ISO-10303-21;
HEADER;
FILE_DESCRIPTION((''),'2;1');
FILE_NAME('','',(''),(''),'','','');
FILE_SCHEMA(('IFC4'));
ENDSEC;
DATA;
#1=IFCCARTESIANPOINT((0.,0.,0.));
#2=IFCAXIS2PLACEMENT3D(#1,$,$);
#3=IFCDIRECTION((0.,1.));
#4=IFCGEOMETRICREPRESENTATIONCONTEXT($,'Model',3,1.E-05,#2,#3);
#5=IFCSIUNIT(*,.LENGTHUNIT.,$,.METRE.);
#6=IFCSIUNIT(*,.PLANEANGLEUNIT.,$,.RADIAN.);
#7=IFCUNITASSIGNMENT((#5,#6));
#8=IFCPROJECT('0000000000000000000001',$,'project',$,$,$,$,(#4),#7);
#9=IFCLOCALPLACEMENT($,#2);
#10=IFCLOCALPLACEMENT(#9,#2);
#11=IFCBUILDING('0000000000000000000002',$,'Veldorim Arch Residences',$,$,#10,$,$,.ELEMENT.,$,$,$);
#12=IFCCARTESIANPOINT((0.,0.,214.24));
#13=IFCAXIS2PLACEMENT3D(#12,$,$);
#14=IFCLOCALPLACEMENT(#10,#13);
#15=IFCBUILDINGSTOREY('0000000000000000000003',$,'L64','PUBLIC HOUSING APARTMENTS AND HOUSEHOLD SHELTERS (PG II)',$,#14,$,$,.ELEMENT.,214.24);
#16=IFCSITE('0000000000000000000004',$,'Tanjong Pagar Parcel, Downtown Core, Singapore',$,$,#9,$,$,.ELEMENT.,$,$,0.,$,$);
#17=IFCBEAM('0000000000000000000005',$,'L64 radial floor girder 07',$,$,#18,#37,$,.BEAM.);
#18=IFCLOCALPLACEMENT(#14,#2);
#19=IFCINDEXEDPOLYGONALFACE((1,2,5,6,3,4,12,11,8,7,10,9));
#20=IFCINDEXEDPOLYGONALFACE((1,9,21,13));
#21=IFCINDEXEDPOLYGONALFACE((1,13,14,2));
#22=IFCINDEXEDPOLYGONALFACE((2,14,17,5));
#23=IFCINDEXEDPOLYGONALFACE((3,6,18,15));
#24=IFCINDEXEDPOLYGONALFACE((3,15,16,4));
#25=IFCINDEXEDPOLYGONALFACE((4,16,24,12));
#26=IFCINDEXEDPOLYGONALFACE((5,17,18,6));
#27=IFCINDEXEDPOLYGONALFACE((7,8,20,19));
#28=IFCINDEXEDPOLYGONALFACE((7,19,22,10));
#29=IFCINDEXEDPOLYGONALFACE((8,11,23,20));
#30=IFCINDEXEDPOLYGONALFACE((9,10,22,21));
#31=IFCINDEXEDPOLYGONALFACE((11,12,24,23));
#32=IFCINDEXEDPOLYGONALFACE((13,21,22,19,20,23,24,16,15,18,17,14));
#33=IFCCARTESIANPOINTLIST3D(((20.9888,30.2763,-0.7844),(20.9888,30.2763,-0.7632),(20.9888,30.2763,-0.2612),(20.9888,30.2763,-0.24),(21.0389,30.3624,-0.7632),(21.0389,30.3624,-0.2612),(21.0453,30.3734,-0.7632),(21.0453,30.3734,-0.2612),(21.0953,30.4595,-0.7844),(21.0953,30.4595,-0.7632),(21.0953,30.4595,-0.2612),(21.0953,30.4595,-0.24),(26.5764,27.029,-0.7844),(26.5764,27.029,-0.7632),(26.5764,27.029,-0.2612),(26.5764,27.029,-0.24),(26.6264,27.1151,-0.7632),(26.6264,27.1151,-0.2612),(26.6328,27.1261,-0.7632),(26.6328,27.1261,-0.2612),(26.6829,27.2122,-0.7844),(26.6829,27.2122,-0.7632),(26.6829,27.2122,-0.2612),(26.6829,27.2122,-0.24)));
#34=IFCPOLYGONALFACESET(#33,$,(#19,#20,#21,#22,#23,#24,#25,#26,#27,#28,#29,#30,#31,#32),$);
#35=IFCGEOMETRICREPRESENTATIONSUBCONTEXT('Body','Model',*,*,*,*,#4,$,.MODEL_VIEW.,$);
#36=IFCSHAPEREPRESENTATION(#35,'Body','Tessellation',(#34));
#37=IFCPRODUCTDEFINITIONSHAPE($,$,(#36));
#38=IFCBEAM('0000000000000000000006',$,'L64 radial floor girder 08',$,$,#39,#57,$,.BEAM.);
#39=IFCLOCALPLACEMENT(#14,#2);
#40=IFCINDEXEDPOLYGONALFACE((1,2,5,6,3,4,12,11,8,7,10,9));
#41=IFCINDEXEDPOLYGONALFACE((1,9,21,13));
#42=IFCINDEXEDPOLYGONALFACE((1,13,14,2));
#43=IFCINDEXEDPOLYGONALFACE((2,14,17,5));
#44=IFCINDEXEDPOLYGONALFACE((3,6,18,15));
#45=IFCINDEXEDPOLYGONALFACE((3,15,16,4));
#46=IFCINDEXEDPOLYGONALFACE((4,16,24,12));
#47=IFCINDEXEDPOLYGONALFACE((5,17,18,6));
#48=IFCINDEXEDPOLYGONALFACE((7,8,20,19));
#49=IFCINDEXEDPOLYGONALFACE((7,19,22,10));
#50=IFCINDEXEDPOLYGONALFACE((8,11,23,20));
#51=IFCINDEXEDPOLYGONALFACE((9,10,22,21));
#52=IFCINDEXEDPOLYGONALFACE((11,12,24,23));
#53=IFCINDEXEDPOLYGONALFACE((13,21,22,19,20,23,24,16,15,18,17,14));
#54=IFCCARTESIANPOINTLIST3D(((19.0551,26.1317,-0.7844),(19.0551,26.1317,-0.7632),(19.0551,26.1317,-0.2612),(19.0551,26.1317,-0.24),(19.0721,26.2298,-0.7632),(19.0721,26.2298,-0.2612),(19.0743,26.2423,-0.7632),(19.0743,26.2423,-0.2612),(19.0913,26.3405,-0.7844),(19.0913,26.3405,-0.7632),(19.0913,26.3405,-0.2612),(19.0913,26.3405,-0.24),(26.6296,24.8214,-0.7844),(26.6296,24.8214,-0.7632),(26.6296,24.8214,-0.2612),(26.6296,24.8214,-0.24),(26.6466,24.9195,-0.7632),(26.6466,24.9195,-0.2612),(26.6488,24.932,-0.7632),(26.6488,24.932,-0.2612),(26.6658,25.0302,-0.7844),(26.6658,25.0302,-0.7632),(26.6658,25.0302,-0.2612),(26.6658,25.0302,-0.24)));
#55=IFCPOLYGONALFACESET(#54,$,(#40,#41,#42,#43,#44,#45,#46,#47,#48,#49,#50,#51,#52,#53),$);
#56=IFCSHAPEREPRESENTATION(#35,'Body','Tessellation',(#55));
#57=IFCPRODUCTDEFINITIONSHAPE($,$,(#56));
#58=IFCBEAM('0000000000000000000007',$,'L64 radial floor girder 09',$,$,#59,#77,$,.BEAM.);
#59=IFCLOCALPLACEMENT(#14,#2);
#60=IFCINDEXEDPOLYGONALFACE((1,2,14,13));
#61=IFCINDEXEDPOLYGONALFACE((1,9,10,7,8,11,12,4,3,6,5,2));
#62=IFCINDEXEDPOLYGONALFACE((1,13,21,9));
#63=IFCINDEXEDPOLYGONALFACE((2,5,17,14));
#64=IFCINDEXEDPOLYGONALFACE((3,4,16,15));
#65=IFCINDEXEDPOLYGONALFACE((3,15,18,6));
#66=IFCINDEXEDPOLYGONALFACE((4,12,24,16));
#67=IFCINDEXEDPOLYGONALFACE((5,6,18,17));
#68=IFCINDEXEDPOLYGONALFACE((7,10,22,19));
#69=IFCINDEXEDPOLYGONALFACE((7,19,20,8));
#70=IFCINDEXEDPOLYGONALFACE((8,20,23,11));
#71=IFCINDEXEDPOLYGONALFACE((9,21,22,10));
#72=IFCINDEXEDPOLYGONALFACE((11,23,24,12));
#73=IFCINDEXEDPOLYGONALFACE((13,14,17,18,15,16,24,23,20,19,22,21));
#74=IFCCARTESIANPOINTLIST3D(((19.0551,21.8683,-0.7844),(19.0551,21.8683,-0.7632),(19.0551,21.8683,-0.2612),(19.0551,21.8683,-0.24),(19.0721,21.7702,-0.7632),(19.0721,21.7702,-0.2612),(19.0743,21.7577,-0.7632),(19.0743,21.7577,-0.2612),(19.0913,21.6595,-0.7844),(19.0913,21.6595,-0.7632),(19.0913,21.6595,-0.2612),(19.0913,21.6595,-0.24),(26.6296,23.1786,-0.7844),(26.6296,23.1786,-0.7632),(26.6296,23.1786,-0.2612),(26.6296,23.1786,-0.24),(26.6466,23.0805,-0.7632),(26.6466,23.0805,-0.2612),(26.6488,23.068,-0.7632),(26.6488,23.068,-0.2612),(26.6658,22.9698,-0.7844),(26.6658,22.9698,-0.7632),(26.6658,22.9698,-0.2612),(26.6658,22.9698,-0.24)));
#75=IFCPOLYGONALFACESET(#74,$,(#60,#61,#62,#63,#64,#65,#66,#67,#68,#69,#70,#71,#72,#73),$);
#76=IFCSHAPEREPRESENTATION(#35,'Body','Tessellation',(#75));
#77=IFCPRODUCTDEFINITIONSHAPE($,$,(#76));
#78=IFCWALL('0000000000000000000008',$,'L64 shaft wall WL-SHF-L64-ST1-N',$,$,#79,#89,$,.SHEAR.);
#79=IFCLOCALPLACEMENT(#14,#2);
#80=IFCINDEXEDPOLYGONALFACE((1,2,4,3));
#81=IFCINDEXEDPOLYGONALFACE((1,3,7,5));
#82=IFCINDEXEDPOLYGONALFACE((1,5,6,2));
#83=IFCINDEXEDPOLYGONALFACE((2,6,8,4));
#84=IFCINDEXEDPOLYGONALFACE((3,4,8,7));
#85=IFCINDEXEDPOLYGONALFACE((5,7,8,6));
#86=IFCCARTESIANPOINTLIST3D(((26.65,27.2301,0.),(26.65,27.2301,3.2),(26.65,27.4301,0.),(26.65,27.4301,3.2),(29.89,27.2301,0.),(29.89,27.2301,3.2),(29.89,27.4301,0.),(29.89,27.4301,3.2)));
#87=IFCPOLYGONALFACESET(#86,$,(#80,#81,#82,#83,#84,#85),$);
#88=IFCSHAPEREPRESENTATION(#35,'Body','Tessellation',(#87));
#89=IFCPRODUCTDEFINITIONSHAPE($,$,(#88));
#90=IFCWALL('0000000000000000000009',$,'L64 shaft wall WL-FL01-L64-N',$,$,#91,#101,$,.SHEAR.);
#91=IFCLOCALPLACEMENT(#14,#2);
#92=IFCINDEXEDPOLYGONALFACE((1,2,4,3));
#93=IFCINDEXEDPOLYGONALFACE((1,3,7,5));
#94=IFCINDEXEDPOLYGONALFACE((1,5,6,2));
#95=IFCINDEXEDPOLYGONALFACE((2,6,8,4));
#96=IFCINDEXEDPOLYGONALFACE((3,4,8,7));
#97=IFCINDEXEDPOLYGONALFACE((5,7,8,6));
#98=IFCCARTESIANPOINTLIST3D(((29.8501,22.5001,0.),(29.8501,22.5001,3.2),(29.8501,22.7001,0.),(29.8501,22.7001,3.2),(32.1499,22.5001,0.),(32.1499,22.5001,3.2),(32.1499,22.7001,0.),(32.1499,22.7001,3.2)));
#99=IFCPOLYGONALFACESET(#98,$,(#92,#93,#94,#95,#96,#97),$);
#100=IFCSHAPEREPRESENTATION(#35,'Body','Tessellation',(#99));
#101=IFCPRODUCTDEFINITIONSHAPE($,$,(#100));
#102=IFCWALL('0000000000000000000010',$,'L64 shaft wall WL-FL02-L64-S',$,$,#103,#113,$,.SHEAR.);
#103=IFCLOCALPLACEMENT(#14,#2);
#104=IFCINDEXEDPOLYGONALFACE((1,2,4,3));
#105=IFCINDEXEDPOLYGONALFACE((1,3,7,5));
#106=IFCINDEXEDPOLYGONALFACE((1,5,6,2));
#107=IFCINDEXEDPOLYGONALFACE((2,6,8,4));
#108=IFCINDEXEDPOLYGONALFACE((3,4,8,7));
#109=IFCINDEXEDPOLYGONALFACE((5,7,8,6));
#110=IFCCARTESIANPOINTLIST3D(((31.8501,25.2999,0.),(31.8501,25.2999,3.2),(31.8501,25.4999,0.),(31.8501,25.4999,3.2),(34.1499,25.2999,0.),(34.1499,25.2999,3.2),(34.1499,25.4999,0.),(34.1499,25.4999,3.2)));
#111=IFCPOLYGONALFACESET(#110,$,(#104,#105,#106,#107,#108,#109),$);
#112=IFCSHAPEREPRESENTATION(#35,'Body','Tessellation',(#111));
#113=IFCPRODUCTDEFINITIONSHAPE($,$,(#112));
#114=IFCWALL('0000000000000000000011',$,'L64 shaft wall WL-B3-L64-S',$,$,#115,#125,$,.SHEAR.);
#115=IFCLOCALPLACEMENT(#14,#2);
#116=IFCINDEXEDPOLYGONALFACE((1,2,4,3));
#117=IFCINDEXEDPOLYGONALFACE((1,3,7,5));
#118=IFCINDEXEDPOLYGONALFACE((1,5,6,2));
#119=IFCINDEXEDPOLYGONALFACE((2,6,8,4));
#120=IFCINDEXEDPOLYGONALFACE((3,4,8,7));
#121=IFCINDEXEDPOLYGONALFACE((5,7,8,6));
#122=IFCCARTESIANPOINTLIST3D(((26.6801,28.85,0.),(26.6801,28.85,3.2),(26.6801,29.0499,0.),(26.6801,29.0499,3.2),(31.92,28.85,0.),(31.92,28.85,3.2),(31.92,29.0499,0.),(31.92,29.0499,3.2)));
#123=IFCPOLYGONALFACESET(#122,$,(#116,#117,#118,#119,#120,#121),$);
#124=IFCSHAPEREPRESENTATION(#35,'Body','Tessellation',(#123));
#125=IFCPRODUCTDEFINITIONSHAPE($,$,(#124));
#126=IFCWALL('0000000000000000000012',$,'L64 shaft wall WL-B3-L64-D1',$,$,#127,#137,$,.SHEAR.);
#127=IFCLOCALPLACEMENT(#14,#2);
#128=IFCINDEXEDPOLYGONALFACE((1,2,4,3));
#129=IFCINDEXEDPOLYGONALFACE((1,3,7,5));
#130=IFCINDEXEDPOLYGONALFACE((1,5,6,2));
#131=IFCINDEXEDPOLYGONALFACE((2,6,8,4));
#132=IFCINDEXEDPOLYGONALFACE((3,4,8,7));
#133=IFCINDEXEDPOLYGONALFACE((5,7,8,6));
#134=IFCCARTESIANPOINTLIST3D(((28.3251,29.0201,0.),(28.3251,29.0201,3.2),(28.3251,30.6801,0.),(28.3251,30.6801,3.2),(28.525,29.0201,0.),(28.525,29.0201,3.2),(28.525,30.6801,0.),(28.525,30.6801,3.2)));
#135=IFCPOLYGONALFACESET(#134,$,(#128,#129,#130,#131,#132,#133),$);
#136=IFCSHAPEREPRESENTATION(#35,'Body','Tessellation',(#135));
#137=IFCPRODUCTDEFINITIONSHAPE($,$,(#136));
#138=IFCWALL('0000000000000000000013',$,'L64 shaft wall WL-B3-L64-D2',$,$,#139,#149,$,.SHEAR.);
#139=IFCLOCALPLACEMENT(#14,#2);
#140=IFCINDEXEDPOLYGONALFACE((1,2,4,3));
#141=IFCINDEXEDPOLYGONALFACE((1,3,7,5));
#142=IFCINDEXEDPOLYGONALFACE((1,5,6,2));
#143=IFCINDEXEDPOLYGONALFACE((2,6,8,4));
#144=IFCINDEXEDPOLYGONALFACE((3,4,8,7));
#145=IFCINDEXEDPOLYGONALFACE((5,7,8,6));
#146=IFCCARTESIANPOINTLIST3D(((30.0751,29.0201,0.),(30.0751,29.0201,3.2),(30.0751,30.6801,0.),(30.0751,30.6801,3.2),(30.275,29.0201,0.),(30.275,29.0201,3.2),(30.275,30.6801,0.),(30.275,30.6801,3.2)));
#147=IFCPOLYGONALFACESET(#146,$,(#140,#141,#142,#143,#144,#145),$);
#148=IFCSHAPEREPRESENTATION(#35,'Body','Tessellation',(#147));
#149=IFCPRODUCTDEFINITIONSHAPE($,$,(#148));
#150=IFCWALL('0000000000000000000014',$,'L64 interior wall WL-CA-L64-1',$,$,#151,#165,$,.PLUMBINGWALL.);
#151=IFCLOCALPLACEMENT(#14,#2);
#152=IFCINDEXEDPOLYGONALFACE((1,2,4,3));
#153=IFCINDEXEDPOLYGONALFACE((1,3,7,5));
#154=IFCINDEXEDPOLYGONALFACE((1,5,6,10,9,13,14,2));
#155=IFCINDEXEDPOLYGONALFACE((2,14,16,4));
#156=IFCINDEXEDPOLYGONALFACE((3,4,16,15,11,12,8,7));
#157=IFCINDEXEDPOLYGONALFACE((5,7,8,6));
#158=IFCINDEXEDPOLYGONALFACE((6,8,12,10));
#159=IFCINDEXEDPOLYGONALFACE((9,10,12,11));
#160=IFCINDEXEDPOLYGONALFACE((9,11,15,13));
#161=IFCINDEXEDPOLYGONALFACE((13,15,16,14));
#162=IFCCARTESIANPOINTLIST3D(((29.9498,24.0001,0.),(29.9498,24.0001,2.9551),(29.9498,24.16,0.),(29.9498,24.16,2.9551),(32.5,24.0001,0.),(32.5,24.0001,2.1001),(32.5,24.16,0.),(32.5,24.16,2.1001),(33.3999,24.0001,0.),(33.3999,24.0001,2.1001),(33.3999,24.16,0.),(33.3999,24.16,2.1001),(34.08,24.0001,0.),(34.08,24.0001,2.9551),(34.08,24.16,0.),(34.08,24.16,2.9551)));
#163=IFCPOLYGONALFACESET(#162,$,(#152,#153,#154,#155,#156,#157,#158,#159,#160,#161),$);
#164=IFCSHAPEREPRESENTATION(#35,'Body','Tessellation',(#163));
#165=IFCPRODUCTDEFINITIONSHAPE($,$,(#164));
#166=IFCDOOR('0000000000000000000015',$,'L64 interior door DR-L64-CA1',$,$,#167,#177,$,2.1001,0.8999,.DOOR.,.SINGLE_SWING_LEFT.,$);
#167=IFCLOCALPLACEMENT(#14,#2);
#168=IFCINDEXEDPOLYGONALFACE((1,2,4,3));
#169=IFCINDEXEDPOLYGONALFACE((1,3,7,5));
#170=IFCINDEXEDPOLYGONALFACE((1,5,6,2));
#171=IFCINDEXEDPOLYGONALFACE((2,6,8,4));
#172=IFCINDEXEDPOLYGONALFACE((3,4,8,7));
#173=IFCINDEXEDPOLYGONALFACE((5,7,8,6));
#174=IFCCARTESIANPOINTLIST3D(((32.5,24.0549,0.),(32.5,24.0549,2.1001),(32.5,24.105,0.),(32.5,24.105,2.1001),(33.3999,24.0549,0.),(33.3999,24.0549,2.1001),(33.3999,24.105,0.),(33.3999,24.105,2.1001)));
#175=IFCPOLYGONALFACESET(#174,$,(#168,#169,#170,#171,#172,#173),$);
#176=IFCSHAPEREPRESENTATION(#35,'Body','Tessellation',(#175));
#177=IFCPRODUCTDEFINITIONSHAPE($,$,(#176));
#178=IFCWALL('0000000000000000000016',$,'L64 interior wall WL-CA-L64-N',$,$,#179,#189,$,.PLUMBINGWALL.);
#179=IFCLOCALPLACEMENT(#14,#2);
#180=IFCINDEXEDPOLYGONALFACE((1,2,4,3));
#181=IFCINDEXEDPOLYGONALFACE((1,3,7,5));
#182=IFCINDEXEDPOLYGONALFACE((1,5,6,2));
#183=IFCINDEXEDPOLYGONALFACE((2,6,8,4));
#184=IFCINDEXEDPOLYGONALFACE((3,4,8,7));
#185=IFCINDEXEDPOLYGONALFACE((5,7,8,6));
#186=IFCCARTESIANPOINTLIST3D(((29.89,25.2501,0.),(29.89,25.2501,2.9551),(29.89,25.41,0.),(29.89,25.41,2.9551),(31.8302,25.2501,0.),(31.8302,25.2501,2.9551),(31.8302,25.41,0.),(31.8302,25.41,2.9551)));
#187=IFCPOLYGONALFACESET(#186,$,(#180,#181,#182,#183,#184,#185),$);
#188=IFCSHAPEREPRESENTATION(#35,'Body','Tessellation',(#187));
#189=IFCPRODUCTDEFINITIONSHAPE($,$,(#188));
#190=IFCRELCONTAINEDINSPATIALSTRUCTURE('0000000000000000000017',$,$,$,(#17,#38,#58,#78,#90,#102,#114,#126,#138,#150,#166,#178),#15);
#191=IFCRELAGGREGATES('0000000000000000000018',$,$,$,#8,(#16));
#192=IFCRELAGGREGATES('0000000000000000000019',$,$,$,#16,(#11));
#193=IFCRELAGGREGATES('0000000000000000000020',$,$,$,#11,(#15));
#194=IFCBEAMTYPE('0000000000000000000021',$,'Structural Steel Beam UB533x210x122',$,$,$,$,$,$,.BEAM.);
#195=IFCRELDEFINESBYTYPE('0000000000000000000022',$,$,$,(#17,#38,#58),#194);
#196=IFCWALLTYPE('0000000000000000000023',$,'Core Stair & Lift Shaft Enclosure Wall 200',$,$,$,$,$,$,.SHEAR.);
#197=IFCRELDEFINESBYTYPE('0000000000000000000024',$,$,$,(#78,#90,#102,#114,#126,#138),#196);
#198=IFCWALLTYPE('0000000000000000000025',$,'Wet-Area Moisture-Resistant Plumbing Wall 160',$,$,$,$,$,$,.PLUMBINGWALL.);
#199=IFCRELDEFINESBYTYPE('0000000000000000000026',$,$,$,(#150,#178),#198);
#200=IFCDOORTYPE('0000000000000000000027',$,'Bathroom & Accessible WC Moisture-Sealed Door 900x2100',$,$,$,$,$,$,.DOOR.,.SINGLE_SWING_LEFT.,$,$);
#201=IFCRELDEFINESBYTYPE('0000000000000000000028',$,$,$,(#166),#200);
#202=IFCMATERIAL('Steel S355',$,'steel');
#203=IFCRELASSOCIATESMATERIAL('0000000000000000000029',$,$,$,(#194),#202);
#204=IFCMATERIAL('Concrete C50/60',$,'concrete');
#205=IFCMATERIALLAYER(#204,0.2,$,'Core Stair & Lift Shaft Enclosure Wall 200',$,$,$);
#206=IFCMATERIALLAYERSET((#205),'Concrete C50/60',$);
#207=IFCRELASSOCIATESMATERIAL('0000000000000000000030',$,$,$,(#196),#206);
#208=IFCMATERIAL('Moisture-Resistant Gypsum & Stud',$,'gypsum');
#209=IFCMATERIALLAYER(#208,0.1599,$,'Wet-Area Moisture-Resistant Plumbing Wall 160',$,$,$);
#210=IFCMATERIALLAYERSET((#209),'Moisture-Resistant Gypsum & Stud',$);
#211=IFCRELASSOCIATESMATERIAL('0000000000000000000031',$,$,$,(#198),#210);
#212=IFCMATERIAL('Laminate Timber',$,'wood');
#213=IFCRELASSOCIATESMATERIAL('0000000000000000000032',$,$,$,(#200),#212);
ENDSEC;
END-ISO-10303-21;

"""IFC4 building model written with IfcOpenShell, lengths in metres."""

from ifc_helpers import new_model, si_unit, direction, frame, frame_2d, origin, origin_2d, place, context, subcontext, project, spatial, rectangle, i_section, extrude, material, layer, layer_set, material_profile, profile_set, type_object, element, fill, save


model = new_model("IFC4")

# Units and contexts
model_context = context("Model", 3, precision=1e-05, world=origin(), true_north=direction((0.0, 1.0)))
body_context = subcontext(model_context, "Body", "Model", "MODEL_VIEW")
ifc_project = project(units=[si_unit("LENGTHUNIT", "METRE"), si_unit("PLANEANGLEUNIT", "RADIAN")], contexts=[model_context])

# Site, building, storey
site_placement = place(None, origin())
site = spatial("IfcSite", under=ifc_project, at=site_placement, Name="Tanjong Pagar Parcel, Downtown Core, Singapore", CompositionType="ELEMENT", RefElevation=0.0)
building_placement = place(site_placement, origin())
building = spatial("IfcBuilding", under=site, at=building_placement, Name="Veldorim Arch Residences", CompositionType="ELEMENT")
storey_placement = place(building_placement, frame((0.0, 0.0, 214.24)))
storey = spatial("IfcBuildingStorey", under=building, at=storey_placement, Name="L64", Description="PUBLIC HOUSING APARTMENTS AND HOUSEHOLD SHELTERS (PG II)", CompositionType="ELEMENT", Elevation=214.24)

# Beams
ifc_material_1 = material(Name="Steel S355", Category="steel")
ifc_material_profile = material_profile(ifc_material_1, i_section(OverallWidth=0.2119, OverallDepth=0.5444, WebThickness=0.0127, FlangeThickness=0.0212, at=origin_2d()), Name="UB533x210x122")
ifc_profile_set = profile_set([ifc_material_profile], Name="Steel S355")
beam_type = type_object("IfcBeamType", Name="Structural Steel Beam UB533x210x122", PredefinedType="BEAM", material=ifc_profile_set)
beam_placement = place(storey_placement, frame((26.6296, 27.1206, -0.5122), z_axis=(-0.864596, 0.502468, 0.0), x_axis=(-0.502468, -0.864596, 0.0)))
element("IfcBeam", 1, at=beam_placement, inside=storey, type_object=beam_type, Name="L64 radial floor girder 07", PredefinedType="BEAM", context=body_context, shape_type="SweptSolid", body=[
    extrude(i_section(OverallWidth=0.2119, OverallDepth=0.5444, WebThickness=0.0127, FlangeThickness=0.0212, at=origin_2d()), origin(), (0.0, 0.0, 1.0), 6.4626),
])
for number, where, z_axis, x_axis, name in (
    (2, (26.6477, 24.9258, -0.5122), (-0.985365, 0.170458, 0.0), (-0.170458, -0.985365, 0.0), "L64 radial floor girder 08"),
    (3, (26.6477, 23.0742, -0.5122), (-0.985365, -0.170458, 0.0), (0.170458, -0.985365, 0.0), "L64 radial floor girder 09"),
):
    element("IfcBeam", number, at=place(storey_placement, frame(where, z_axis=z_axis, x_axis=x_axis)), inside=storey, type_object=beam_type, Name=name, PredefinedType="BEAM", context=body_context, shape_type="SweptSolid", body=[
        extrude(i_section(OverallWidth=0.2119, OverallDepth=0.5444, WebThickness=0.0127, FlangeThickness=0.0212, at=origin_2d()), origin(), (0.0, 0.0, 1.0), 7.687),
    ])

# Walls
ifc_material_2 = material(Name="Concrete C50/60", Category="concrete")
ifc_layer_1 = layer(ifc_material_2, 0.2, Name="Core Stair & Lift Shaft Enclosure Wall 200")
ifc_layer_set_1 = layer_set([ifc_layer_1], Name="Concrete C50/60")
wall_type_1 = type_object("IfcWallType", Name="Core Stair & Lift Shaft Enclosure Wall 200", PredefinedType="SHEAR", material=ifc_layer_set_1)
wall_1_placement = place(storey_placement, frame((26.6499, 27.3301, 0.0), z_axis=(0.0, 0.0, 1.0), x_axis=(1.0, 0.0, 0.0)))
element("IfcWall", 4, at=wall_1_placement, inside=storey, type_object=wall_type_1, Name="L64 shaft wall WL-SHF-L64-ST1-N", PredefinedType="SHEAR", context=body_context, shape_type="SweptSolid", body=[
    extrude(rectangle(XDim=3.24, YDim=0.2, at=frame_2d((1.6201, 0.0))), origin(), (0.0, 0.0, 1.0), 3.2),
])
wall_2_placement = place(storey_placement, frame((29.8501, 22.6001, 0.0), z_axis=(0.0, 0.0, 1.0), x_axis=(1.0, 0.0, 0.0)))
element("IfcWall", 5, at=wall_2_placement, inside=storey, type_object=wall_type_1, Name="L64 shaft wall WL-FL01-L64-N", PredefinedType="SHEAR", context=body_context, shape_type="SweptSolid", body=[
    extrude(rectangle(XDim=2.2998, YDim=0.2, at=frame_2d((1.1499, 0.0))), origin(), (0.0, 0.0, 1.0), 3.2),
])

# Walls
wall_3_placement = place(storey_placement, frame((31.8501, 25.3999, 0.0), z_axis=(0.0, 0.0, 1.0), x_axis=(1.0, 0.0, 0.0)))
element("IfcWall", 6, at=wall_3_placement, inside=storey, type_object=wall_type_1, Name="L64 shaft wall WL-FL02-L64-S", PredefinedType="SHEAR", context=body_context, shape_type="SweptSolid", body=[
    extrude(rectangle(XDim=2.2998, YDim=0.2, at=frame_2d((1.1499, 0.0))), origin(), (0.0, 0.0, 1.0), 3.2),
])
wall_4_placement = place(storey_placement, frame((26.6799, 28.95, 0.0), z_axis=(0.0, 0.0, 1.0), x_axis=(1.0, 0.0, 0.0)))
element("IfcWall", 7, at=wall_4_placement, inside=storey, type_object=wall_type_1, Name="L64 shaft wall WL-B3-L64-S", PredefinedType="SHEAR", context=body_context, shape_type="SweptSolid", body=[
    extrude(rectangle(XDim=5.24, YDim=0.2, at=frame_2d((2.6201, 0.0))), origin(), (0.0, 0.0, 1.0), 3.2),
])
for number, where, z_axis, x_axis, name in (
    (8, (28.425, 29.02, 0.0), (0.0, 0.0, 1.0), (0.0, 1.0, 0.0), "L64 shaft wall WL-B3-L64-D1"),
    (9, (30.175, 29.02, 0.0), (0.0, 0.0, 1.0), (0.0, 1.0, 0.0), "L64 shaft wall WL-B3-L64-D2"),
):
    element("IfcWall", number, at=place(storey_placement, frame(where, z_axis=z_axis, x_axis=x_axis)), inside=storey, type_object=wall_type_1, Name=name, PredefinedType="SHEAR", context=body_context, shape_type="SweptSolid", body=[
        extrude(rectangle(XDim=1.6599, YDim=0.2, at=frame_2d((0.8301, 0.0))), origin(), (0.0, 0.0, 1.0), 3.2),
    ])

# Wall, opening, door
ifc_material_3 = material(Name="Moisture-Resistant Gypsum & Stud", Category="gypsum")
ifc_layer_2 = layer(ifc_material_3, 0.1599, Name="Wet-Area Moisture-Resistant Plumbing Wall 160")
ifc_layer_set_2 = layer_set([ifc_layer_2], Name="Moisture-Resistant Gypsum & Stud")
wall_type_2 = type_object("IfcWallType", Name="Wet-Area Moisture-Resistant Plumbing Wall 160", PredefinedType="PLUMBINGWALL", material=ifc_layer_set_2)
wall_5_placement = place(storey_placement, frame((29.95, 24.0801, 0.0), z_axis=(0.0, 0.0, 1.0), x_axis=(1.0, 0.0, 0.0)))
wall_5 = element("IfcWall", 10, at=wall_5_placement, inside=storey, type_object=wall_type_2, Name="L64 interior wall WL-CA-L64-1", PredefinedType="PLUMBINGWALL", context=body_context, shape_type="SweptSolid", body=[
    extrude(rectangle(XDim=4.1301, YDim=0.1599, at=frame_2d((2.0649, 0.0))), origin(), (0.0, 0.0, 1.0), 2.9551),
])
opening_1_placement = place(wall_5_placement, frame((2.55, 0.0, 0.0)))
opening_1 = element("IfcOpeningElement", 11, at=opening_1_placement, cuts=wall_5, PredefinedType="OPENING", context=body_context, shape_type="SweptSolid", body=[
    extrude(rectangle(XDim=0.8999, YDim=2.1001, at=frame_2d((0.45, 1.05))), frame((0.0, 0.0898, 0.0), z_axis=(0.0, -1.0, 0.0), x_axis=(1.0, 0.0, 0.0)), (0.0, 0.0, 1.0), 0.1799),
])
ifc_material_4 = material(Name="Laminate Timber", Category="wood")
door_type_1 = type_object("IfcDoorType", Name="Bathroom & Accessible WC Moisture-Sealed Door 900x2100", OperationType="SINGLE_SWING_LEFT", PredefinedType="DOOR", material=ifc_material_4)
door_1_placement = place(opening_1_placement, origin())
door_1 = element("IfcDoor", 12, at=door_1_placement, inside=storey, type_object=door_type_1, Name="L64 interior door DR-L64-CA1", OperationType="SINGLE_SWING_LEFT", OverallHeight=2.1001, OverallWidth=0.8999, PredefinedType="DOOR", context=body_context, shape_type="SweptSolid", body=[
    extrude(rectangle(XDim=0.8999, YDim=2.1001, at=frame_2d((0.45, 1.05))), frame((0.0, 0.0249, 0.0), z_axis=(0.0, -1.0, 0.0), x_axis=(1.0, 0.0, 0.0)), (0.0, 0.0, 1.0), 0.05),
])
fill(opening_1, door_1)

# Wall
wall_6_placement = place(storey_placement, frame((29.8899, 25.3301, 0.0), z_axis=(0.0, 0.0, 1.0), x_axis=(1.0, 0.0, 0.0)))
element("IfcWall", 13, at=wall_6_placement, inside=storey, type_object=wall_type_2, Name="L64 interior wall WL-CA-L64-N", PredefinedType="PLUMBINGWALL", context=body_context, shape_type="SweptSolid", body=[
    extrude(rectangle(XDim=1.9402, YDim=0.1599, at=frame_2d((0.9702, 0.0))), origin(), (0.0, 0.0, 1.0), 2.9551),
])

save(model, "model.ifc")
